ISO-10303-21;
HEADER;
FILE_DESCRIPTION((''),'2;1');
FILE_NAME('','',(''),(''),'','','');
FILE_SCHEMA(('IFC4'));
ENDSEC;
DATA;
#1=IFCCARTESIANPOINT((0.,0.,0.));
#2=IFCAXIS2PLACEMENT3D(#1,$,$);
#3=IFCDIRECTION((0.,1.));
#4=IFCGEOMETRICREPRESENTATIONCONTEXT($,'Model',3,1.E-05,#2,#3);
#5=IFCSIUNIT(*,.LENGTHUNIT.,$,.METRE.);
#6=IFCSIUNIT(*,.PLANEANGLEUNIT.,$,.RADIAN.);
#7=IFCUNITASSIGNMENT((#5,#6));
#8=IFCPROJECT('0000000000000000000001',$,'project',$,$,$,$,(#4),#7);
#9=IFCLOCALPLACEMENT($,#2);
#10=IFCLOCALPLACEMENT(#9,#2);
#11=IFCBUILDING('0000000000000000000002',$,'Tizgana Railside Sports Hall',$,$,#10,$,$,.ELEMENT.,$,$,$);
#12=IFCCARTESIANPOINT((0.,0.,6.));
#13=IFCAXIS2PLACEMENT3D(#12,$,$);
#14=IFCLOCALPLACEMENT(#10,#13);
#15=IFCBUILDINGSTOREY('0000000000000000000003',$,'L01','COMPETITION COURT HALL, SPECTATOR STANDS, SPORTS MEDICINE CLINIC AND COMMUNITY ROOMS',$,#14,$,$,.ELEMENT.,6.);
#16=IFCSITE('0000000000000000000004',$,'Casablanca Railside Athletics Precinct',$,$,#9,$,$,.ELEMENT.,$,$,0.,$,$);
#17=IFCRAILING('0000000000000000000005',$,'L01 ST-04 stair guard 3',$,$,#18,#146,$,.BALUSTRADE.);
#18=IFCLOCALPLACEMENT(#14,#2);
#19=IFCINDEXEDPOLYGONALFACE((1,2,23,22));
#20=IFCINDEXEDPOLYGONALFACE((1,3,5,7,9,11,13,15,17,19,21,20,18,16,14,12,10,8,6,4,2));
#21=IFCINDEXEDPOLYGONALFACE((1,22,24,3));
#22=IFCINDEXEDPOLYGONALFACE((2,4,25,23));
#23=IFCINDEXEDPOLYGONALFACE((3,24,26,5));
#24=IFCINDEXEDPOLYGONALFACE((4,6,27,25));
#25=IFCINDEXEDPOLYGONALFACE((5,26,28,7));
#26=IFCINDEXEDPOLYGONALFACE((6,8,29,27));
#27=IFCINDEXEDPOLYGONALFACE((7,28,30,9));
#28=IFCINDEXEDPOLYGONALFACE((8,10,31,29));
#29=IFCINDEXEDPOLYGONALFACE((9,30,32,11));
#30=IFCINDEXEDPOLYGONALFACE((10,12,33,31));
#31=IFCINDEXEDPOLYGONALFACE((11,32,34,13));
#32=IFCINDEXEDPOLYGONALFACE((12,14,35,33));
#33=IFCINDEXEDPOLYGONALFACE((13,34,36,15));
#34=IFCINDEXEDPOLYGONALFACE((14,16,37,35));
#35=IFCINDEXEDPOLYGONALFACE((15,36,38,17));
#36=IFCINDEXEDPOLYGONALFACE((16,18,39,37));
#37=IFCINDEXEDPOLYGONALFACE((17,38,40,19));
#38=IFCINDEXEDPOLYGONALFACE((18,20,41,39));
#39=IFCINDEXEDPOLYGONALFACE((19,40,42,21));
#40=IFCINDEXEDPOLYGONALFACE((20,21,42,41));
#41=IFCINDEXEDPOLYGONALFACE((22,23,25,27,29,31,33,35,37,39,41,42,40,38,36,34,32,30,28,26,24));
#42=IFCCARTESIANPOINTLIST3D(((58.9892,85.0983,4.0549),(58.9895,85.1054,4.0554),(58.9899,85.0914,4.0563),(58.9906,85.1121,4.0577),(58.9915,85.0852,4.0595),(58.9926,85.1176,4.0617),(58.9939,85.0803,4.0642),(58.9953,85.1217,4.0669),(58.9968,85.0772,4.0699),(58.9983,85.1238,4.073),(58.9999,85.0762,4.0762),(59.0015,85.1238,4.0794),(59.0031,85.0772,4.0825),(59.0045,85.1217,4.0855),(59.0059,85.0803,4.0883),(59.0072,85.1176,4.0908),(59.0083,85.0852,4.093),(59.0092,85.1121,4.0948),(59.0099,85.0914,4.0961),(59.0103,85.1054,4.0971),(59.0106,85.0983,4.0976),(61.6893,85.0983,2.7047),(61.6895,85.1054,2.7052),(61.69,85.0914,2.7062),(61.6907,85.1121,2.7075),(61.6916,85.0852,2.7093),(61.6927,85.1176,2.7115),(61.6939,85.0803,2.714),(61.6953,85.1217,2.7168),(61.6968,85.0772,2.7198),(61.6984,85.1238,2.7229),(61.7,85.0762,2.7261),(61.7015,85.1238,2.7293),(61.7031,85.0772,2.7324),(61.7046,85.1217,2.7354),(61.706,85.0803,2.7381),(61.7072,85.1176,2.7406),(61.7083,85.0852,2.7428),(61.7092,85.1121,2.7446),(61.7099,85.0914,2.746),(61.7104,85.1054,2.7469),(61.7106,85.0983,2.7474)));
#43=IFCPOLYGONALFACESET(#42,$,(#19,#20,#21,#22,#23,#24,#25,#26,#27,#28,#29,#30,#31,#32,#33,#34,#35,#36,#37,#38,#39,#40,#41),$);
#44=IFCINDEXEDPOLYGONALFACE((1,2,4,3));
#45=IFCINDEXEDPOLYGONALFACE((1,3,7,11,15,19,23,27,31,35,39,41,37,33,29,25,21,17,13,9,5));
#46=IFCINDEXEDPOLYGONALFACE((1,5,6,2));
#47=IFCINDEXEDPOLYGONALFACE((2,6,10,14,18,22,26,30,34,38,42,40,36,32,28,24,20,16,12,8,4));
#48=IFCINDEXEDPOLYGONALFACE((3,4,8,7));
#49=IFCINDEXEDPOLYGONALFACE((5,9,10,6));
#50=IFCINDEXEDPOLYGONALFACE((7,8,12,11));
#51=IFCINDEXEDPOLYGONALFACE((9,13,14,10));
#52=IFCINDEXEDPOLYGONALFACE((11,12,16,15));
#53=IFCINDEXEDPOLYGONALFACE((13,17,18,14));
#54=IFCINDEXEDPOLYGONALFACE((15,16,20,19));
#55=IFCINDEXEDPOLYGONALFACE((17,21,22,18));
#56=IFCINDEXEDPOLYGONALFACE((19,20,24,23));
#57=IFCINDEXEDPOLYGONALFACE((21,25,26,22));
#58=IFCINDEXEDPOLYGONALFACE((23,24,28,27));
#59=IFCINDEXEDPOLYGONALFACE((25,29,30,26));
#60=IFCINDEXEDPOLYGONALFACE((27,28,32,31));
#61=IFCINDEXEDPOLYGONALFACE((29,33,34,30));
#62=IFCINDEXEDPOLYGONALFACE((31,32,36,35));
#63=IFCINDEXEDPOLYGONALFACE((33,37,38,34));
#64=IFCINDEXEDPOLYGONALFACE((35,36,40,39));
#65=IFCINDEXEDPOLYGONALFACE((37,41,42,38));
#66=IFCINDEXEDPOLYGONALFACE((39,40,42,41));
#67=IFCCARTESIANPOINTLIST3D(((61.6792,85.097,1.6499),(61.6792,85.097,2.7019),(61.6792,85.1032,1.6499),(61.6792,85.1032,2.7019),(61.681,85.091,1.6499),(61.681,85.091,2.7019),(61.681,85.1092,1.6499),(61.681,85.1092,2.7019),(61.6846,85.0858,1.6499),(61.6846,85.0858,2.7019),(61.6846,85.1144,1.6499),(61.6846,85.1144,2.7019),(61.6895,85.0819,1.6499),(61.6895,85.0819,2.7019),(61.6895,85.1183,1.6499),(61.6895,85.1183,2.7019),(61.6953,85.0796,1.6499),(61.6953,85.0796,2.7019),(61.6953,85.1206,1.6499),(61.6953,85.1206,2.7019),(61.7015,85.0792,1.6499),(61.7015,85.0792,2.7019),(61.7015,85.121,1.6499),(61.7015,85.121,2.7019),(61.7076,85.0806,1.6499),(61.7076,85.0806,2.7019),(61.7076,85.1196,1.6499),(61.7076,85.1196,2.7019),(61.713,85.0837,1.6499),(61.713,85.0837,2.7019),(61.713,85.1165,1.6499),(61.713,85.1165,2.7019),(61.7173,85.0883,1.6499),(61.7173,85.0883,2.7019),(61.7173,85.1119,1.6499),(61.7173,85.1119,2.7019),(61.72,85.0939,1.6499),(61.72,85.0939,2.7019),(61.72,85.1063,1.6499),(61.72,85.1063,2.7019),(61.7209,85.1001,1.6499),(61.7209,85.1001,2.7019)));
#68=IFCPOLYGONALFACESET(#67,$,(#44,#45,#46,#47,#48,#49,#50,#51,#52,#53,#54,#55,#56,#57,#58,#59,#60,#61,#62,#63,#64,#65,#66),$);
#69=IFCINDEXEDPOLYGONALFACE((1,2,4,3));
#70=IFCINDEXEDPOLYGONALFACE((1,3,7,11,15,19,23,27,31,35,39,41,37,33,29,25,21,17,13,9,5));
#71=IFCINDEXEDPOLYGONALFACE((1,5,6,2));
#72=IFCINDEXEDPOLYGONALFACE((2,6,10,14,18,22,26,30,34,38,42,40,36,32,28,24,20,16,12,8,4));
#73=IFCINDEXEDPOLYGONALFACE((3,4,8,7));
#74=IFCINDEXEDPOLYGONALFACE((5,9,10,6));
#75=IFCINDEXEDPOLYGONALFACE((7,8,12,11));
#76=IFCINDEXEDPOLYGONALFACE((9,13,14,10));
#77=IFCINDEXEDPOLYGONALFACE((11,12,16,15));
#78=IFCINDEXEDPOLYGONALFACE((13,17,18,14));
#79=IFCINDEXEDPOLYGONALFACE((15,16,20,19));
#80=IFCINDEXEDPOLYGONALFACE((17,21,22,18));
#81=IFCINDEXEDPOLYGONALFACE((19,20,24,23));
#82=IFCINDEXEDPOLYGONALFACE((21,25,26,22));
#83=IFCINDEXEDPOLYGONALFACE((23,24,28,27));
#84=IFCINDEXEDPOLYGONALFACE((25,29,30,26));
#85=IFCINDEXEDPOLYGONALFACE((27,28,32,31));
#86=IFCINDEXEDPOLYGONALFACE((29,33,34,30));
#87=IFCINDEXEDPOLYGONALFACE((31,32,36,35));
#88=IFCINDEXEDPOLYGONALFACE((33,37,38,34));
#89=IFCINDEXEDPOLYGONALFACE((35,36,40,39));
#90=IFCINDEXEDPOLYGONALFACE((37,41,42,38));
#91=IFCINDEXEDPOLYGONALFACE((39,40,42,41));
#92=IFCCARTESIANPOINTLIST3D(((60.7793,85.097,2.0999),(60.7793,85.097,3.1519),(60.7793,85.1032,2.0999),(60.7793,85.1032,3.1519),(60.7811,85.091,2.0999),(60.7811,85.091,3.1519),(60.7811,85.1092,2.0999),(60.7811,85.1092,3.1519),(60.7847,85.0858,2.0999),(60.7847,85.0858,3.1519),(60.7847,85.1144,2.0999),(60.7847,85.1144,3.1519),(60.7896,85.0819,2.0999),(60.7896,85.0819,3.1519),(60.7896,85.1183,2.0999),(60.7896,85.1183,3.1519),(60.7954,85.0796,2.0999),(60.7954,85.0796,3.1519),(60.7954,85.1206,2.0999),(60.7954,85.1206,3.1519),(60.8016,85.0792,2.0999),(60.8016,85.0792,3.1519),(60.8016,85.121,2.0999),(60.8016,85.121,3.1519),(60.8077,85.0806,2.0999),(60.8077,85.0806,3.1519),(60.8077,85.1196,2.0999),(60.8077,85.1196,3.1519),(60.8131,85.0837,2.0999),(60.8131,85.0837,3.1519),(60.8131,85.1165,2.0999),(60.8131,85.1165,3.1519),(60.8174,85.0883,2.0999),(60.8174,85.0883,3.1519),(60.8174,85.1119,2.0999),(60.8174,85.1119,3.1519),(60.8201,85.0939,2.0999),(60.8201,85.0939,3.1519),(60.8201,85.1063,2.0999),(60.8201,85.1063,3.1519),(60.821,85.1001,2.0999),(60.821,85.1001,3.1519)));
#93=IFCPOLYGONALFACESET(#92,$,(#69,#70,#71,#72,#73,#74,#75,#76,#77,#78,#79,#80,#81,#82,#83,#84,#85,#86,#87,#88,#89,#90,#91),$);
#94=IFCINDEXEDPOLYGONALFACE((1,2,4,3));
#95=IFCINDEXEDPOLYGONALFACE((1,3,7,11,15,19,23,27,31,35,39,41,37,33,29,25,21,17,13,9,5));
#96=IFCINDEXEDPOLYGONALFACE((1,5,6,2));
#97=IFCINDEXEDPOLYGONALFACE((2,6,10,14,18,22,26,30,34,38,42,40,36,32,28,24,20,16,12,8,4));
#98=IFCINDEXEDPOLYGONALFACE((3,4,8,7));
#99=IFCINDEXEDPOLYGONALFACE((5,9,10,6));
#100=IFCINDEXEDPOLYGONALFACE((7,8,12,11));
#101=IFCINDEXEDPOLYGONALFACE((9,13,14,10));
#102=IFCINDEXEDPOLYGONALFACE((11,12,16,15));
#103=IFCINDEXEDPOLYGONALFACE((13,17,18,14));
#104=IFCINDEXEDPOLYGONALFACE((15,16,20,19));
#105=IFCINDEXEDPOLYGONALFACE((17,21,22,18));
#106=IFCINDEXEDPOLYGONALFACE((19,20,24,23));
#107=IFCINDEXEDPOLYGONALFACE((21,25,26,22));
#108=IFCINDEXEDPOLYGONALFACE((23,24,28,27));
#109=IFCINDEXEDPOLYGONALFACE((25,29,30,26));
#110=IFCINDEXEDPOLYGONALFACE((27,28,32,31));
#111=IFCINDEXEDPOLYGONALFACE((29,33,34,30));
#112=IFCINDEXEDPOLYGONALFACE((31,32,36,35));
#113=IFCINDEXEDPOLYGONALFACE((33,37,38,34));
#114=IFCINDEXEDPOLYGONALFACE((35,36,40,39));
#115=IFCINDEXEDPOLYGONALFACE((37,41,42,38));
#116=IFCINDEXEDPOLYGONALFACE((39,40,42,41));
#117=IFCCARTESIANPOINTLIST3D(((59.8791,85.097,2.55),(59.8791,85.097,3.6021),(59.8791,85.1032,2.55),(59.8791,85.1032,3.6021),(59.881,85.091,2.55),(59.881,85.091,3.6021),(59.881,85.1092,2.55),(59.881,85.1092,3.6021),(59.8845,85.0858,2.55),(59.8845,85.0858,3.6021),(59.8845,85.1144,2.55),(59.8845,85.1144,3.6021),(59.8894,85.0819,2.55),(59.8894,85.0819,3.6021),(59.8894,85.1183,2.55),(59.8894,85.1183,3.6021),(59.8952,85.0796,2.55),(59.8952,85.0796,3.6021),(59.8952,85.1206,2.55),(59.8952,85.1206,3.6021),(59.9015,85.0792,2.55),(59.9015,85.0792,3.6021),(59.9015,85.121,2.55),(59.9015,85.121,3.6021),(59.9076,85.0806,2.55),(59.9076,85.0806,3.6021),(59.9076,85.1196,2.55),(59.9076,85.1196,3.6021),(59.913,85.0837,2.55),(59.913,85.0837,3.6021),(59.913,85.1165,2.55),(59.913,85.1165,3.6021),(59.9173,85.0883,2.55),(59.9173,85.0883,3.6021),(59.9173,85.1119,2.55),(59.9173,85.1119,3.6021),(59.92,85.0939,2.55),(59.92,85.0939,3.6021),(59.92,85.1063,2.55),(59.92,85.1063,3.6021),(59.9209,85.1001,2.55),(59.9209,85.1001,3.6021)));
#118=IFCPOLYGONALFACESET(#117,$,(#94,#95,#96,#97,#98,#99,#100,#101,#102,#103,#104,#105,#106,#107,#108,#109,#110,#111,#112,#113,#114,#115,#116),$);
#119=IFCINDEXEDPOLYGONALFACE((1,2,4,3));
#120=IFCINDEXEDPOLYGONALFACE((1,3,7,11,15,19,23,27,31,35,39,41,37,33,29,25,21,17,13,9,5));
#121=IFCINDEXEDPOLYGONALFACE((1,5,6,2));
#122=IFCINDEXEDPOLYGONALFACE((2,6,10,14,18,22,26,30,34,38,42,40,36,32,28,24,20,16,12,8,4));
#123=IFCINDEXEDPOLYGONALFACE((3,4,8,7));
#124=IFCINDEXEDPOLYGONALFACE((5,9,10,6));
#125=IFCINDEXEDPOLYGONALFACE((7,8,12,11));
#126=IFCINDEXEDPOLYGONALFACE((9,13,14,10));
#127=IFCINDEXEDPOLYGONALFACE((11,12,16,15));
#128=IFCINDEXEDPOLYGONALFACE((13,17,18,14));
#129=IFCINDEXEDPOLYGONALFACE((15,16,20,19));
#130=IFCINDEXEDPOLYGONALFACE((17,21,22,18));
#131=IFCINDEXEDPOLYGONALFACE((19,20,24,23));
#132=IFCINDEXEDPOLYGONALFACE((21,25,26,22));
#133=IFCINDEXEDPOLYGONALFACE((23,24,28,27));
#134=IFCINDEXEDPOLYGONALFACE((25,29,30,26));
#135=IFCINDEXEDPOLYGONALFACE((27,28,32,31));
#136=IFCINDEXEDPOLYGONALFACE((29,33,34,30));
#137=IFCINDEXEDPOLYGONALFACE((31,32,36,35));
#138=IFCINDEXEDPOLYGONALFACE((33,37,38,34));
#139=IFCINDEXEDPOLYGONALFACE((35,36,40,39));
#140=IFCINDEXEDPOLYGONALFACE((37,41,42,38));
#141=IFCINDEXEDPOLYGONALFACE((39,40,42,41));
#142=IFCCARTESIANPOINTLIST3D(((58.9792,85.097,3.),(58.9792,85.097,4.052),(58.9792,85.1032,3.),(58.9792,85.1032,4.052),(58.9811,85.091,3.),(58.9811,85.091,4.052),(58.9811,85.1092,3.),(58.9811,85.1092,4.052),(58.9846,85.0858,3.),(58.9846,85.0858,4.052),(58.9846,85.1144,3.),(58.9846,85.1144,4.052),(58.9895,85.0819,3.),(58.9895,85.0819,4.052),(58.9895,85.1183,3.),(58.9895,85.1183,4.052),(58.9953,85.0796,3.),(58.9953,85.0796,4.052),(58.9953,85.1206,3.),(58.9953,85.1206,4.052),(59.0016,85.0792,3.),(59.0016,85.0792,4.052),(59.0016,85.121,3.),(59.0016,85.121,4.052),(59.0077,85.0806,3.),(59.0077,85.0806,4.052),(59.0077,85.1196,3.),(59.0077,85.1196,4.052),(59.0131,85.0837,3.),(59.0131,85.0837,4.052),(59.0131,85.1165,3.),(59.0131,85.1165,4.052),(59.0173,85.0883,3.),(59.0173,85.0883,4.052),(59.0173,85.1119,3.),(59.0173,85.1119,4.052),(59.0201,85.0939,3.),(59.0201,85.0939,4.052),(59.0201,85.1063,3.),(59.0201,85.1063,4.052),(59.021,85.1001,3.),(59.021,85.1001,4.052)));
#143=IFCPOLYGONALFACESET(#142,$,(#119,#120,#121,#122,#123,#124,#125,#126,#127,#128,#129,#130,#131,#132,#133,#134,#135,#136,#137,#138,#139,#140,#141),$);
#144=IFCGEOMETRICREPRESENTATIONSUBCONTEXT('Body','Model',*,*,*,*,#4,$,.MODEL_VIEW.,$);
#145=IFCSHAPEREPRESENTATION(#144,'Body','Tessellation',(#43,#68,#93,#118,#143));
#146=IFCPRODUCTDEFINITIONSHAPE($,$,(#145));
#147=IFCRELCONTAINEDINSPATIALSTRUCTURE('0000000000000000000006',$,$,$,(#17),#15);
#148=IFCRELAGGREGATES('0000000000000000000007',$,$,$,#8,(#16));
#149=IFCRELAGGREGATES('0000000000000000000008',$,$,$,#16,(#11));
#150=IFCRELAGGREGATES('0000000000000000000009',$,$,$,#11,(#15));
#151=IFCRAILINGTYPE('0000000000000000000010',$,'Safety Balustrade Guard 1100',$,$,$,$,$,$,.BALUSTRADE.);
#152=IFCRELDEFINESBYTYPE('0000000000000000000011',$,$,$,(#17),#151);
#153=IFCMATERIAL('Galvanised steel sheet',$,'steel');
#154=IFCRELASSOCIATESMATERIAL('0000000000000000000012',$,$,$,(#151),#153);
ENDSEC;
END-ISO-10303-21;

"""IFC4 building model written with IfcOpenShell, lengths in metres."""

from ifc_helpers import new_model, si_unit, direction, frame, origin, origin_2d, place, context, subcontext, project, spatial, circle, extrude, material, type_object, element, save


model = new_model("IFC4")

# Units and contexts
model_context = context("Model", 3, precision=1e-05, world=origin(), true_north=direction((0.0, 1.0)))
body_context = subcontext(model_context, "Body", "Model", "MODEL_VIEW")
ifc_project = project(units=[si_unit("LENGTHUNIT", "METRE"), si_unit("PLANEANGLEUNIT", "RADIAN")], contexts=[model_context])

# Site, building, storey
site_placement = place(None, origin())
site = spatial("IfcSite", under=ifc_project, at=site_placement, Name="Casablanca Railside Athletics Precinct", CompositionType="ELEMENT", RefElevation=0.0)
building_placement = place(site_placement, origin())
building = spatial("IfcBuilding", under=site, at=building_placement, Name="Tizgana Railside Sports Hall", CompositionType="ELEMENT")
storey_placement = place(building_placement, frame((0.0, 0.0, 6.0)))
storey = spatial("IfcBuildingStorey", under=building, at=storey_placement, Name="L01", Description="COMPETITION COURT HALL, SPECTATOR STANDS, SPORTS MEDICINE CLINIC AND COMMUNITY ROOMS", CompositionType="ELEMENT", Elevation=6.0)

# Railing
ifc_material_1 = material(Name="Galvanised steel sheet", Category="steel")
railing_type_1 = type_object("IfcRailingType", Name="Safety Balustrade Guard 1100", PredefinedType="BALUSTRADE", material=ifc_material_1)
railing_1_placement = place(storey_placement, frame((61.7, 85.1001, 1.6499)))
element("IfcRailing", 1, at=railing_1_placement, inside=storey, type_object=railing_type_1, Name="L01 ST-04 stair guard 3", PredefinedType="BALUSTRADE", context=body_context, shape_type="SweptSolid", body=[
    extrude(circle(Radius=0.0239, at=origin_2d()), frame((0.0, 0.0, 1.0762), z_axis=(-0.894411, 0.0, 0.447246), x_axis=(0.0, -1.0, 0.0)), (0.0, 0.0, 1.0), 3.0188),
    extrude(circle(Radius=0.021, at=origin_2d()), origin(), (0.0, 0.0, 1.0), 1.052),
    extrude(circle(Radius=0.021, at=origin_2d()), frame((-0.8999, 0.0, 0.45)), (0.0, 0.0, 1.0), 1.052),
    extrude(circle(Radius=0.021, at=origin_2d()), frame((-1.8, 0.0, 0.9001)), (0.0, 0.0, 1.0), 1.052),
    extrude(circle(Radius=0.021, at=origin_2d()), frame((-2.7, 0.0, 1.3501)), (0.0, 0.0, 1.0), 1.052),
])

save(model, "model.ifc")
